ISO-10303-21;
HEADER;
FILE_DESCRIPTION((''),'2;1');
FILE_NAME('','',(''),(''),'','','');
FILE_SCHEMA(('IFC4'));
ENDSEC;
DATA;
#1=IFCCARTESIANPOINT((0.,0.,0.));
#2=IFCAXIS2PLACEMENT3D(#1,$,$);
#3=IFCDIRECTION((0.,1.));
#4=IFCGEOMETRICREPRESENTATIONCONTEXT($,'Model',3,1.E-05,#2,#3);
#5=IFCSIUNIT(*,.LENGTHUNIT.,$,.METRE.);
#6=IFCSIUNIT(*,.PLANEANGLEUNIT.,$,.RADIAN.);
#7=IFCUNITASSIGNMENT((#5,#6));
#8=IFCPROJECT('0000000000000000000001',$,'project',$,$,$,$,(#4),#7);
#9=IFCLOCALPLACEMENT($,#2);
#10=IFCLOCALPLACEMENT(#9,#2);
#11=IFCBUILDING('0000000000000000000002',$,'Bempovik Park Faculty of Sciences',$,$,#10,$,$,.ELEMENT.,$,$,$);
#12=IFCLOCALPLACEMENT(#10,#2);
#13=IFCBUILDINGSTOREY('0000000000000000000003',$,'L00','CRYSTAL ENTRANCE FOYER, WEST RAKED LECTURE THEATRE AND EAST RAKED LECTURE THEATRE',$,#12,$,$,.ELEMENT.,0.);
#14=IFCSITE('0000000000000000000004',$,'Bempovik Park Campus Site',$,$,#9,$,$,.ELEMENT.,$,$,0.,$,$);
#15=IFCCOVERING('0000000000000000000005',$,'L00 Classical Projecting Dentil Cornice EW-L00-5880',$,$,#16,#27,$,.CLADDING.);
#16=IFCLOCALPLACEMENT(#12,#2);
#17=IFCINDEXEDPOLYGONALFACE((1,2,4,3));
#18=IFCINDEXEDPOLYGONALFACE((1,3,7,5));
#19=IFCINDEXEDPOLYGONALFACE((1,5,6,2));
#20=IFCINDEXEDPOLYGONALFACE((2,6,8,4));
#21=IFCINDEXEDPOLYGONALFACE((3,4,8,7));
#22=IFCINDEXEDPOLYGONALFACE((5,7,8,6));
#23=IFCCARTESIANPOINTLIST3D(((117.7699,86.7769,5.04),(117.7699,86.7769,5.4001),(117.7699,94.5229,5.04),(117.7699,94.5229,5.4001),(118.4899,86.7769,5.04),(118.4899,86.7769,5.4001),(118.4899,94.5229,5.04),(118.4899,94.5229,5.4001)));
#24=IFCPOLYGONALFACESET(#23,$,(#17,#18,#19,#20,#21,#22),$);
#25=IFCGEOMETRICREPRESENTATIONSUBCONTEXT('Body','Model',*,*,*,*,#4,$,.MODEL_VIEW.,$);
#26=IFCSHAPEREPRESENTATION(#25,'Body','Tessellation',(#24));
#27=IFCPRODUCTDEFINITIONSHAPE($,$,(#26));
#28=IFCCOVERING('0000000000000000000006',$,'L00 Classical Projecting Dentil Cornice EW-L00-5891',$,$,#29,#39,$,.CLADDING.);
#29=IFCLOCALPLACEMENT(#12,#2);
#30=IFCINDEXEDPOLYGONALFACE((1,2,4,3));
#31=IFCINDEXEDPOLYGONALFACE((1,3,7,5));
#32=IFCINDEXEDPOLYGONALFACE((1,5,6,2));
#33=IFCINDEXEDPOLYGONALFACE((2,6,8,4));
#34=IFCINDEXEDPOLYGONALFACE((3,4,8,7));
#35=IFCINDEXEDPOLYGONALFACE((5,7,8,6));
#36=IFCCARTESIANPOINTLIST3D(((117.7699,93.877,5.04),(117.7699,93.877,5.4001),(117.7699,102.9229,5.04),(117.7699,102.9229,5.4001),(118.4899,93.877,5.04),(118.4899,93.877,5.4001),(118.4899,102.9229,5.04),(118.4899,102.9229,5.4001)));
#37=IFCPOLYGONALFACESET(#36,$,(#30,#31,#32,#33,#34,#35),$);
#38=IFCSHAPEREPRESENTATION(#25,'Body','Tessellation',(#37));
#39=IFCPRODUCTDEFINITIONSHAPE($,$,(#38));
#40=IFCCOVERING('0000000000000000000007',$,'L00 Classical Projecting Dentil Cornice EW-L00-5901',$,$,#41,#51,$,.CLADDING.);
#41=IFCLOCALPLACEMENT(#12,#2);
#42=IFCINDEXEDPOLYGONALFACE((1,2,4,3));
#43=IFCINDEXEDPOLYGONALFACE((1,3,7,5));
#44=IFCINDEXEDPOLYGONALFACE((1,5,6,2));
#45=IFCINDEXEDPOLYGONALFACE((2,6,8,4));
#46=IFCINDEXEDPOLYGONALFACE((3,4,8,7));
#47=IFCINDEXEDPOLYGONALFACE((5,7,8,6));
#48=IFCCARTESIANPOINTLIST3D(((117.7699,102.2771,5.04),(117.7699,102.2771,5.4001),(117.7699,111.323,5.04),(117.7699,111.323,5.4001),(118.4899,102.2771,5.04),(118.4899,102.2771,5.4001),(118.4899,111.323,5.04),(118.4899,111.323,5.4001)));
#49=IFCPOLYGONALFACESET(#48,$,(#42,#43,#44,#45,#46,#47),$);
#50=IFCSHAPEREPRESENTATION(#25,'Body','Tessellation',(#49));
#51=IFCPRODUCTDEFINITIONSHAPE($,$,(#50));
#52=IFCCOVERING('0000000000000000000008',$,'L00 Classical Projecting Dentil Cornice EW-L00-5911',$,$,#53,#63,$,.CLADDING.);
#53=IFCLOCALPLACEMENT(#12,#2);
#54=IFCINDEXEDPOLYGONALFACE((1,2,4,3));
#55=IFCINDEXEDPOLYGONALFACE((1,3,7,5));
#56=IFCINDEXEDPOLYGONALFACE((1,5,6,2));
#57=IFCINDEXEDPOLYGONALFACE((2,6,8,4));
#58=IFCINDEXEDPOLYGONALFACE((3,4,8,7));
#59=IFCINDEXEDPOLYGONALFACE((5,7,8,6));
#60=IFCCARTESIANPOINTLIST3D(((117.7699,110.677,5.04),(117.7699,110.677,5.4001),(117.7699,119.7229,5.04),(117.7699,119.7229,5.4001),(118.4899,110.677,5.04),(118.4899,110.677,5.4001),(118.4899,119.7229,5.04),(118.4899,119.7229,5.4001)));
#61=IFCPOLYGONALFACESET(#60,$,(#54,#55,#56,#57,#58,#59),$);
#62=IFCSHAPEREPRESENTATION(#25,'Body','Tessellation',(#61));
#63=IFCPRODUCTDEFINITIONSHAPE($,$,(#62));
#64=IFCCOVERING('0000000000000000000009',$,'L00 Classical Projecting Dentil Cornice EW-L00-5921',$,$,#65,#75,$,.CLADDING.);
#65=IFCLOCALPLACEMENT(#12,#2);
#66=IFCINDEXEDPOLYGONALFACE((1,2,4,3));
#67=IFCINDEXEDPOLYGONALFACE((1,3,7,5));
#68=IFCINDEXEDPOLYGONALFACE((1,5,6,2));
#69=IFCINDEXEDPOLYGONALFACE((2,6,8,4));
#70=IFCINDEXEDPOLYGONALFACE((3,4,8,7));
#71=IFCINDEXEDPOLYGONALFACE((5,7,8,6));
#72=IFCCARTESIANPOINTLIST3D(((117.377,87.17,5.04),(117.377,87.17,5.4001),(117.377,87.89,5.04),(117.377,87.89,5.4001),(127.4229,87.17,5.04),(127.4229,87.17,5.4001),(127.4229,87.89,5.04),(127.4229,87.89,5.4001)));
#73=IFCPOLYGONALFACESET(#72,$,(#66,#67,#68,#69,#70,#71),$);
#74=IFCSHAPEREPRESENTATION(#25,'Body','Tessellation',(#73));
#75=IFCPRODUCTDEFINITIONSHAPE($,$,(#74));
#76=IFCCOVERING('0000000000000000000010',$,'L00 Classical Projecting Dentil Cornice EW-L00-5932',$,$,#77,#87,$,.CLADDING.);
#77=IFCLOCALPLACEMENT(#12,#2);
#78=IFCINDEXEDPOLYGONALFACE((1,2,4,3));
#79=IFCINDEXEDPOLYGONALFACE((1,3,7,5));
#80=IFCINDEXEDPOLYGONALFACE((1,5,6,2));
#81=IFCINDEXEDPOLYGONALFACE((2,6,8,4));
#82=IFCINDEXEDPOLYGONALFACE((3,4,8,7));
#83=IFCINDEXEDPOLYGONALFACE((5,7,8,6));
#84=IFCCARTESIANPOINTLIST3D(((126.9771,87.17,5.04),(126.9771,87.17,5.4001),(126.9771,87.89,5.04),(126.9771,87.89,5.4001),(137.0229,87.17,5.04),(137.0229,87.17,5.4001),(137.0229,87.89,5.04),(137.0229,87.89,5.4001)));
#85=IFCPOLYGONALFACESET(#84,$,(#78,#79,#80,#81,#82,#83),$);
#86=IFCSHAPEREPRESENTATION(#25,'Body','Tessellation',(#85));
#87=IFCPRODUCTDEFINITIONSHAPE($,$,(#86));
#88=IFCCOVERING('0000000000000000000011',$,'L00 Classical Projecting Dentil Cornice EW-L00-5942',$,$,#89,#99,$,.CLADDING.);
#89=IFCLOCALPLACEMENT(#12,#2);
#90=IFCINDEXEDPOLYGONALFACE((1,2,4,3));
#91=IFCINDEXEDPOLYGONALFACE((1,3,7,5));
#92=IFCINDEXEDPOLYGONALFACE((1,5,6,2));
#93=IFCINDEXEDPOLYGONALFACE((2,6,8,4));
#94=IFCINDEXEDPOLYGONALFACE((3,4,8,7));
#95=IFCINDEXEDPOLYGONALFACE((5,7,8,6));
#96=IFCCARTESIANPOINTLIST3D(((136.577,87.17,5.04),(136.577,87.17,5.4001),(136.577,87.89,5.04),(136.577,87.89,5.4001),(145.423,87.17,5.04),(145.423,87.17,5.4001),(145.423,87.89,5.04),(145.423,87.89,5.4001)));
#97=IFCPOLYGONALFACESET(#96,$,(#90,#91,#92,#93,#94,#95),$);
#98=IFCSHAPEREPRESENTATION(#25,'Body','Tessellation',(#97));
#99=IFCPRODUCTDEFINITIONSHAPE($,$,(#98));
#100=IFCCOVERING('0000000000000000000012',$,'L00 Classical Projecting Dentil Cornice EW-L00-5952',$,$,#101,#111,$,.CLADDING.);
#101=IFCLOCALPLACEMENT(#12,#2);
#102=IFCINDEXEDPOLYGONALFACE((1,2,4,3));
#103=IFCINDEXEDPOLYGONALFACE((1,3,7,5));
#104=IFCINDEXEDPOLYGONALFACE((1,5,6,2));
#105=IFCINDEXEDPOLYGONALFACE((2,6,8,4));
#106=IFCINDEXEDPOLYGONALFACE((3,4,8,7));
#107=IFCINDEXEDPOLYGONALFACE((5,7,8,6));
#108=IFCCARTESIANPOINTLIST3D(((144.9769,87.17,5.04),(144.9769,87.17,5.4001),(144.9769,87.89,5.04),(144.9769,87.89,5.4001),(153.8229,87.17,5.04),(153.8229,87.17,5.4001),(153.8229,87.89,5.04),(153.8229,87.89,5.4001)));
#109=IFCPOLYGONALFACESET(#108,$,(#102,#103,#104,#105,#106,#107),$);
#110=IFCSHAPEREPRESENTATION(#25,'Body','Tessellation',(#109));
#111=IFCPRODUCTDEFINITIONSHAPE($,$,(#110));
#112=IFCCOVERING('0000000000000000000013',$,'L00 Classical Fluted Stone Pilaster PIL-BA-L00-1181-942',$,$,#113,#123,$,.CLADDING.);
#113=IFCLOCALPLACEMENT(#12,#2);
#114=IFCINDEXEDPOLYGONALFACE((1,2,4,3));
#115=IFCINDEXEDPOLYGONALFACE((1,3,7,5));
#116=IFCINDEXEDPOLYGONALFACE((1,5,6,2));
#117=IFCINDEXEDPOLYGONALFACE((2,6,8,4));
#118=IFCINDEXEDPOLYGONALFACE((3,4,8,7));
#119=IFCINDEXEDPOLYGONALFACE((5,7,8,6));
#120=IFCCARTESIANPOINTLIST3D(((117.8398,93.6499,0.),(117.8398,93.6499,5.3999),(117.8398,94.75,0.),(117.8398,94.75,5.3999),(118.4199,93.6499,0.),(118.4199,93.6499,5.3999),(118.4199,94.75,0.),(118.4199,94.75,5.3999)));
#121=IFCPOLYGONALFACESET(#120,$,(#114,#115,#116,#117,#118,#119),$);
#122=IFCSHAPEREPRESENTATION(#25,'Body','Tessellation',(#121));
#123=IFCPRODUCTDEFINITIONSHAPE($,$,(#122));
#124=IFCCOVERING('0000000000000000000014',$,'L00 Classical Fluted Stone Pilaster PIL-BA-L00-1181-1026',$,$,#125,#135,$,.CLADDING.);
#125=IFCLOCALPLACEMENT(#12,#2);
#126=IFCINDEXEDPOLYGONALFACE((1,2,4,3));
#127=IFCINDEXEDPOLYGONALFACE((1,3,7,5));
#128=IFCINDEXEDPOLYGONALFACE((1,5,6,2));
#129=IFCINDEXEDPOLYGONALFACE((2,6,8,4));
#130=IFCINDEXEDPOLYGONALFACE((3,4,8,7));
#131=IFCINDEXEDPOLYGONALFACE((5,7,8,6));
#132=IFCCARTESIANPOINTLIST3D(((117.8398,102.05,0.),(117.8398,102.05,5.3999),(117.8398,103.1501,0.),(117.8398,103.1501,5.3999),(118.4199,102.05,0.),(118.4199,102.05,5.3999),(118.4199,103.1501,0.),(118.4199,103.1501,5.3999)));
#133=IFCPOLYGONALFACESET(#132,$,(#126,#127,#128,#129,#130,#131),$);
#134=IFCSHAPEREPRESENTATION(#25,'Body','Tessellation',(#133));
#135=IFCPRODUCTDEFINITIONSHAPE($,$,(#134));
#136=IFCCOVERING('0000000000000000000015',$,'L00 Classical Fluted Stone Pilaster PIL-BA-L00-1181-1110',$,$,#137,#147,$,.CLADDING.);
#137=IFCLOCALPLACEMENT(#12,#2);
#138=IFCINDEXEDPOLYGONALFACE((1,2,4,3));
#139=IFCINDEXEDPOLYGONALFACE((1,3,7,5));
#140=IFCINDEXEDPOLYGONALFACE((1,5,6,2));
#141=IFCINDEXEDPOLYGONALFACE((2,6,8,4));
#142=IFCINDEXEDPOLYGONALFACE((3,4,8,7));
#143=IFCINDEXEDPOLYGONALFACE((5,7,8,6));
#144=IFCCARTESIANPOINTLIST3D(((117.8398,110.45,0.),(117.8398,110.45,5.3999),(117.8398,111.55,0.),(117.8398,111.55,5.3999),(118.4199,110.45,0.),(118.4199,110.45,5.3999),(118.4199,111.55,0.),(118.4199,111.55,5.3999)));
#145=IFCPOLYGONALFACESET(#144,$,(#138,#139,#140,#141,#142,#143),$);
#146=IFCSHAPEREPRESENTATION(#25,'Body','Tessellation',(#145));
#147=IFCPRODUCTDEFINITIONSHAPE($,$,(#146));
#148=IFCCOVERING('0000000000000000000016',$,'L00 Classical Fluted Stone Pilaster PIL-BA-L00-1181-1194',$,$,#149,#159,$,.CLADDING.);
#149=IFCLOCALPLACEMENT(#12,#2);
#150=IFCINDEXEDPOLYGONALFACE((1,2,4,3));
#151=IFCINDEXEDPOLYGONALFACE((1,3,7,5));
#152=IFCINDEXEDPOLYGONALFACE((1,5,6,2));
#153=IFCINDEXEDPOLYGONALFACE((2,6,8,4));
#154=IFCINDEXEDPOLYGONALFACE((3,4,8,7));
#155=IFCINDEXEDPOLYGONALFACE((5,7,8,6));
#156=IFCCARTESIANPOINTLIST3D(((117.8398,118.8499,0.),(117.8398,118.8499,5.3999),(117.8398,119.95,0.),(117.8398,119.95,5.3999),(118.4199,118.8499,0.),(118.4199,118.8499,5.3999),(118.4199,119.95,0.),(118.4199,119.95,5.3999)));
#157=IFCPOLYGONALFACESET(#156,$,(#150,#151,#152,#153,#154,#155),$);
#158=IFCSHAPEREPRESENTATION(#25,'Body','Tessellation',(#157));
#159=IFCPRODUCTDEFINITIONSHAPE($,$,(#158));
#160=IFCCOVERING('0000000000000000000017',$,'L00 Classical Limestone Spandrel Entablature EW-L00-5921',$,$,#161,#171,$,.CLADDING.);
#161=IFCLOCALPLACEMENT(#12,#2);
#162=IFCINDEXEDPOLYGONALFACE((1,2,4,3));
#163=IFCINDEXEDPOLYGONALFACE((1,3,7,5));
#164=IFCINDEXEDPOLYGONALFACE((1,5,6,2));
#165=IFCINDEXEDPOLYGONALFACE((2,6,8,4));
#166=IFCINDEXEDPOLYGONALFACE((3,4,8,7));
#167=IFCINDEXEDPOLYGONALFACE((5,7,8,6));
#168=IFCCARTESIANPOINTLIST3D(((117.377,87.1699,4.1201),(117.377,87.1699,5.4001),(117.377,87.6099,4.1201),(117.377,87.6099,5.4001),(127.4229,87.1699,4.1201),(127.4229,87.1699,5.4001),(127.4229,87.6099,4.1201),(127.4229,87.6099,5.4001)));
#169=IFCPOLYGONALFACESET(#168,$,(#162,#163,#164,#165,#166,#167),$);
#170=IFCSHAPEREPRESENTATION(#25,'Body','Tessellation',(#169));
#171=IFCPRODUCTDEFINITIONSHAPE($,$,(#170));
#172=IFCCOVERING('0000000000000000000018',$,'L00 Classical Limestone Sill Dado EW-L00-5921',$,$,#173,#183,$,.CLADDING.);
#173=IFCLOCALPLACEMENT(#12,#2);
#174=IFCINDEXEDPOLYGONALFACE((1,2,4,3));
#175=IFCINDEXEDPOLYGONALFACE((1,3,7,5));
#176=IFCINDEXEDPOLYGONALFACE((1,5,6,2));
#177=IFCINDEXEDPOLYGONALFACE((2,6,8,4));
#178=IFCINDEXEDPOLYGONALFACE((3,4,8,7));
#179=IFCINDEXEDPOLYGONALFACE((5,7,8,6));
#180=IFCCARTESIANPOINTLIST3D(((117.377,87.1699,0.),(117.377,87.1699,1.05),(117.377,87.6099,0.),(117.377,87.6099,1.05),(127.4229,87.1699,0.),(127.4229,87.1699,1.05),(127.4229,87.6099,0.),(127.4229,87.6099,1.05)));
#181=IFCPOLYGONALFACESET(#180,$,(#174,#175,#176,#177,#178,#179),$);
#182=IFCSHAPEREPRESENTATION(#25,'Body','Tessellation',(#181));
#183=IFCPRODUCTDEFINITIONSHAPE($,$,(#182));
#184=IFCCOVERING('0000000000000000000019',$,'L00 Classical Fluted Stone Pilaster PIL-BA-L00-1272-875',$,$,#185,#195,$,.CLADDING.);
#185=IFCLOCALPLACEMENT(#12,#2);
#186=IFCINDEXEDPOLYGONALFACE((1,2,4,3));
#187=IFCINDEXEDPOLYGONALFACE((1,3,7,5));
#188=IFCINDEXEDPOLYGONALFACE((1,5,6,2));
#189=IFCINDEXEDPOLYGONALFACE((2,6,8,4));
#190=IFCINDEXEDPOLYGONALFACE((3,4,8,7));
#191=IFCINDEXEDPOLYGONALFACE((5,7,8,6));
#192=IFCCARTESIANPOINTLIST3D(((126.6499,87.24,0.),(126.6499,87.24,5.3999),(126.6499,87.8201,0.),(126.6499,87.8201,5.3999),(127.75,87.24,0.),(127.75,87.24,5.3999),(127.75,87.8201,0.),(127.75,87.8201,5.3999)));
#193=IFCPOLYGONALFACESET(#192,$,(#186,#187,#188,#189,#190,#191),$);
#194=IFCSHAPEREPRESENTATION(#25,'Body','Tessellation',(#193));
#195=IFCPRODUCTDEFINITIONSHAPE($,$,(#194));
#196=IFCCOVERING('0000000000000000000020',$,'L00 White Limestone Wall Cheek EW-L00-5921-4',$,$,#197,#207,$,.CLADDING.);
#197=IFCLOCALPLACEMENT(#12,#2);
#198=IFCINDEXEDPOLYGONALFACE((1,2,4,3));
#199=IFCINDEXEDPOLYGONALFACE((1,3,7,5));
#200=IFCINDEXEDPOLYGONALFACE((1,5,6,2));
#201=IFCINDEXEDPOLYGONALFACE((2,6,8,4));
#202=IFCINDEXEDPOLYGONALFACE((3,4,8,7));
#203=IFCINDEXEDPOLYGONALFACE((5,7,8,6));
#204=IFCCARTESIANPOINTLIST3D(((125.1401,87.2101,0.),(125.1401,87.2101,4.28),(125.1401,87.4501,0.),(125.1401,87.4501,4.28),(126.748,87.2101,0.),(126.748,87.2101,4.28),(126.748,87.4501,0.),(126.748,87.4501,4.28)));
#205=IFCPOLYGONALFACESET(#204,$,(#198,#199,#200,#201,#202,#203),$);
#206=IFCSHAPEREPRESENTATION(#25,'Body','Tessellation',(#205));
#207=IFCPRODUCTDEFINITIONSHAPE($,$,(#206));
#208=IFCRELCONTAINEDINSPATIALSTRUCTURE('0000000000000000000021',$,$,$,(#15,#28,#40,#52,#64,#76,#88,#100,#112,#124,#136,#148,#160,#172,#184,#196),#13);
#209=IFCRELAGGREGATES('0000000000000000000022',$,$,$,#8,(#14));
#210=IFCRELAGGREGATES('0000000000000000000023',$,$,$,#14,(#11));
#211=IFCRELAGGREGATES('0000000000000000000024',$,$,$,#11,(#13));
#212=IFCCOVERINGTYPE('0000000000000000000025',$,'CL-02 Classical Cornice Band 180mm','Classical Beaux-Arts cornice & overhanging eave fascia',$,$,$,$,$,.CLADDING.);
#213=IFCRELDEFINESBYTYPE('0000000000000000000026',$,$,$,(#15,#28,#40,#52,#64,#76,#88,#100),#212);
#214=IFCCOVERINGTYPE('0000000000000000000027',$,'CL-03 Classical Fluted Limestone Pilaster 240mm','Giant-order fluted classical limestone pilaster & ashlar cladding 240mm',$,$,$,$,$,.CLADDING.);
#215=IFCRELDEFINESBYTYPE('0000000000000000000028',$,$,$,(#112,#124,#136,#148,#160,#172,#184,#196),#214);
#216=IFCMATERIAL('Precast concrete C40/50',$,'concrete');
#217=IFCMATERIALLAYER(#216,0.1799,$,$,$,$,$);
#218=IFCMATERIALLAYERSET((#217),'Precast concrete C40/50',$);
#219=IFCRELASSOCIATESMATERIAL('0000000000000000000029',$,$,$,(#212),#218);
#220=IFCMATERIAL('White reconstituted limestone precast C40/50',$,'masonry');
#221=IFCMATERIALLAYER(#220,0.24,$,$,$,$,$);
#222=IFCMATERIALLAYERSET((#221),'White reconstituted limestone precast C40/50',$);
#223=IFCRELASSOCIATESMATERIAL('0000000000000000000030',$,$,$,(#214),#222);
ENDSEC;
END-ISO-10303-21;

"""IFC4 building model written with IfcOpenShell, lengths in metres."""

from ifc_helpers import new_model, si_unit, direction, frame, origin, origin_2d, place, context, subcontext, project, spatial, rectangle, extrude, material, layer, layer_set, type_object, element, save


model = new_model("IFC4")

# Units and contexts
model_context = context("Model", 3, precision=1e-05, world=origin(), true_north=direction((0.0, 1.0)))
body_context = subcontext(model_context, "Body", "Model", "MODEL_VIEW")
ifc_project = project(units=[si_unit("LENGTHUNIT", "METRE"), si_unit("PLANEANGLEUNIT", "RADIAN")], contexts=[model_context])

# Site, building, storey
site_placement = place(None, origin())
site = spatial("IfcSite", under=ifc_project, at=site_placement, Name="Bempovik Park Campus Site", CompositionType="ELEMENT", RefElevation=0.0)
building_placement = place(site_placement, origin())
building = spatial("IfcBuilding", under=site, at=building_placement, Name="Bempovik Park Faculty of Sciences", CompositionType="ELEMENT")
storey_placement = place(building_placement, origin())
storey = spatial("IfcBuildingStorey", under=building, at=storey_placement, Name="L00", Description="CRYSTAL ENTRANCE FOYER, WEST RAKED LECTURE THEATRE AND EAST RAKED LECTURE THEATRE", CompositionType="ELEMENT", Elevation=0.0)

# Coverings
ifc_material_1 = material(Name="Precast concrete C40/50", Category="concrete")
ifc_layer_1 = layer(ifc_material_1, 0.1799)
ifc_layer_set_1 = layer_set([ifc_layer_1], Name="Precast concrete C40/50")
covering_type_1 = type_object("IfcCoveringType", Name="CL-02 Classical Cornice Band 180mm", Description="Classical Beaux-Arts cornice & overhanging eave fascia", PredefinedType="CLADDING", material=ifc_layer_set_1)
covering_1_placement = place(storey_placement, frame((118.1299, 90.6499, 5.04), z_axis=(0.0, 0.0, 1.0), x_axis=(1.0, 0.0, 0.0)))
element("IfcCovering", 1, at=covering_1_placement, inside=storey, type_object=covering_type_1, Name="L00 Classical Projecting Dentil Cornice EW-L00-5880", PredefinedType="CLADDING", context=body_context, shape_type="SweptSolid", body=[
    extrude(rectangle(XDim=0.72, YDim=7.7461, at=origin_2d()), origin(), (0.0, 0.0, 1.0), 0.3601),
])
for number, where, z_axis, x_axis, name in (
    (2, (118.1299, 98.3999, 5.04), (0.0, 0.0, 1.0), (1.0, 0.0, 0.0), "L00 Classical Projecting Dentil Cornice EW-L00-5891"),
    (3, (118.1299, 106.8, 5.04), (0.0, 0.0, 1.0), (1.0, 0.0, 0.0), "L00 Classical Projecting Dentil Cornice EW-L00-5901"),
    (4, (118.1299, 115.2, 5.04), (0.0, 0.0, 1.0), (1.0, 0.0, 0.0), "L00 Classical Projecting Dentil Cornice EW-L00-5911"),
):
    element("IfcCovering", number, at=place(storey_placement, frame(where, z_axis=z_axis, x_axis=x_axis)), inside=storey, type_object=covering_type_1, Name=name, PredefinedType="CLADDING", context=body_context, shape_type="SweptSolid", body=[
        extrude(rectangle(XDim=0.72, YDim=9.0459, at=origin_2d()), origin(), (0.0, 0.0, 1.0), 0.3601),
    ])
for number, where, z_axis, x_axis, name in (
    (5, (122.3999, 87.53, 5.04), (0.0, 0.0, 1.0), (1.0, 0.0, 0.0), "L00 Classical Projecting Dentil Cornice EW-L00-5921"),
    (6, (132.0, 87.53, 5.04), (0.0, 0.0, 1.0), (1.0, 0.0, 0.0), "L00 Classical Projecting Dentil Cornice EW-L00-5932"),
):
    element("IfcCovering", number, at=place(storey_placement, frame(where, z_axis=z_axis, x_axis=x_axis)), inside=storey, type_object=covering_type_1, Name=name, PredefinedType="CLADDING", context=body_context, shape_type="SweptSolid", body=[
        extrude(rectangle(XDim=10.0459, YDim=0.72, at=origin_2d()), origin(), (0.0, 0.0, 1.0), 0.3601),
    ])
for number, where, z_axis, x_axis, name in (
    (7, (141.0, 87.53, 5.04), (0.0, 0.0, 1.0), (1.0, 0.0, 0.0), "L00 Classical Projecting Dentil Cornice EW-L00-5942"),
    (8, (149.3999, 87.53, 5.04), (0.0, 0.0, 1.0), (1.0, 0.0, 0.0), "L00 Classical Projecting Dentil Cornice EW-L00-5952"),
):
    element("IfcCovering", number, at=place(storey_placement, frame(where, z_axis=z_axis, x_axis=x_axis)), inside=storey, type_object=covering_type_1, Name=name, PredefinedType="CLADDING", context=body_context, shape_type="SweptSolid", body=[
        extrude(rectangle(XDim=8.8459, YDim=0.72, at=origin_2d()), origin(), (0.0, 0.0, 1.0), 0.3601),
    ])
ifc_material_2 = material(Name="White reconstituted limestone precast C40/50", Category="masonry")
ifc_layer_2 = layer(ifc_material_2, 0.24)
ifc_layer_set_2 = layer_set([ifc_layer_2], Name="White reconstituted limestone precast C40/50")
covering_type_2 = type_object("IfcCoveringType", Name="CL-03 Classical Fluted Limestone Pilaster 240mm", Description="Giant-order fluted classical limestone pilaster & ashlar cladding 240mm", PredefinedType="CLADDING", material=ifc_layer_set_2)
for number, where, z_axis, x_axis, name in (
    (9, (118.1299, 94.2, 0.0), (0.0, 0.0, 1.0), (1.0, 0.0, 0.0), "L00 Classical Fluted Stone Pilaster PIL-BA-L00-1181-942"),
    (10, (118.1299, 102.6001, 0.0), (0.0, 0.0, 1.0), (1.0, 0.0, 0.0), "L00 Classical Fluted Stone Pilaster PIL-BA-L00-1181-1026"),
    (11, (118.1299, 111.0, 0.0), (0.0, 0.0, 1.0), (1.0, 0.0, 0.0), "L00 Classical Fluted Stone Pilaster PIL-BA-L00-1181-1110"),
    (12, (118.1299, 119.3999, 0.0), (0.0, 0.0, 1.0), (1.0, 0.0, 0.0), "L00 Classical Fluted Stone Pilaster PIL-BA-L00-1181-1194"),
):
    element("IfcCovering", number, at=place(storey_placement, frame(where, z_axis=z_axis, x_axis=x_axis)), inside=storey, type_object=covering_type_2, Name=name, PredefinedType="CLADDING", context=body_context, shape_type="SweptSolid", body=[
        extrude(rectangle(XDim=0.5801, YDim=1.1001, at=origin_2d()), origin(), (0.0, 0.0, 1.0), 5.3999),
    ])
covering_2_placement = place(storey_placement, frame((122.3999, 87.3899, 4.1201), z_axis=(0.0, 0.0, 1.0), x_axis=(1.0, 0.0, 0.0)))
element("IfcCovering", 13, at=covering_2_placement, inside=storey, type_object=covering_type_2, Name="L00 Classical Limestone Spandrel Entablature EW-L00-5921", PredefinedType="CLADDING", context=body_context, shape_type="SweptSolid", body=[
    extrude(rectangle(XDim=10.0459, YDim=0.4399, at=origin_2d()), origin(), (0.0, 0.0, 1.0), 1.28),
])
covering_3_placement = place(storey_placement, frame((122.3999, 87.3899, 0.0), z_axis=(0.0, 0.0, 1.0), x_axis=(1.0, 0.0, 0.0)))
element("IfcCovering", 14, at=covering_3_placement, inside=storey, type_object=covering_type_2, Name="L00 Classical Limestone Sill Dado EW-L00-5921", PredefinedType="CLADDING", context=body_context, shape_type="SweptSolid", body=[
    extrude(rectangle(XDim=10.0459, YDim=0.4399, at=origin_2d()), origin(), (0.0, 0.0, 1.0), 1.05),
])
covering_4_placement = place(storey_placement, frame((127.2, 87.53, 0.0), z_axis=(0.0, 0.0, 1.0), x_axis=(1.0, 0.0, 0.0)))
element("IfcCovering", 15, at=covering_4_placement, inside=storey, type_object=covering_type_2, Name="L00 Classical Fluted Stone Pilaster PIL-BA-L00-1272-875", PredefinedType="CLADDING", context=body_context, shape_type="SweptSolid", body=[
    extrude(rectangle(XDim=1.1001, YDim=0.5801, at=origin_2d()), origin(), (0.0, 0.0, 1.0), 5.3999),
])
covering_5_placement = place(storey_placement, frame((125.9441, 87.3301, 0.0), z_axis=(0.0, 0.0, 1.0), x_axis=(1.0, 0.0, 0.0)))
element("IfcCovering", 16, at=covering_5_placement, inside=storey, type_object=covering_type_2, Name="L00 White Limestone Wall Cheek EW-L00-5921-4", PredefinedType="CLADDING", context=body_context, shape_type="SweptSolid", body=[
    extrude(rectangle(XDim=1.6079, YDim=0.24, at=origin_2d()), origin(), (0.0, 0.0, 1.0), 4.28),
])

save(model, "model.ifc")
